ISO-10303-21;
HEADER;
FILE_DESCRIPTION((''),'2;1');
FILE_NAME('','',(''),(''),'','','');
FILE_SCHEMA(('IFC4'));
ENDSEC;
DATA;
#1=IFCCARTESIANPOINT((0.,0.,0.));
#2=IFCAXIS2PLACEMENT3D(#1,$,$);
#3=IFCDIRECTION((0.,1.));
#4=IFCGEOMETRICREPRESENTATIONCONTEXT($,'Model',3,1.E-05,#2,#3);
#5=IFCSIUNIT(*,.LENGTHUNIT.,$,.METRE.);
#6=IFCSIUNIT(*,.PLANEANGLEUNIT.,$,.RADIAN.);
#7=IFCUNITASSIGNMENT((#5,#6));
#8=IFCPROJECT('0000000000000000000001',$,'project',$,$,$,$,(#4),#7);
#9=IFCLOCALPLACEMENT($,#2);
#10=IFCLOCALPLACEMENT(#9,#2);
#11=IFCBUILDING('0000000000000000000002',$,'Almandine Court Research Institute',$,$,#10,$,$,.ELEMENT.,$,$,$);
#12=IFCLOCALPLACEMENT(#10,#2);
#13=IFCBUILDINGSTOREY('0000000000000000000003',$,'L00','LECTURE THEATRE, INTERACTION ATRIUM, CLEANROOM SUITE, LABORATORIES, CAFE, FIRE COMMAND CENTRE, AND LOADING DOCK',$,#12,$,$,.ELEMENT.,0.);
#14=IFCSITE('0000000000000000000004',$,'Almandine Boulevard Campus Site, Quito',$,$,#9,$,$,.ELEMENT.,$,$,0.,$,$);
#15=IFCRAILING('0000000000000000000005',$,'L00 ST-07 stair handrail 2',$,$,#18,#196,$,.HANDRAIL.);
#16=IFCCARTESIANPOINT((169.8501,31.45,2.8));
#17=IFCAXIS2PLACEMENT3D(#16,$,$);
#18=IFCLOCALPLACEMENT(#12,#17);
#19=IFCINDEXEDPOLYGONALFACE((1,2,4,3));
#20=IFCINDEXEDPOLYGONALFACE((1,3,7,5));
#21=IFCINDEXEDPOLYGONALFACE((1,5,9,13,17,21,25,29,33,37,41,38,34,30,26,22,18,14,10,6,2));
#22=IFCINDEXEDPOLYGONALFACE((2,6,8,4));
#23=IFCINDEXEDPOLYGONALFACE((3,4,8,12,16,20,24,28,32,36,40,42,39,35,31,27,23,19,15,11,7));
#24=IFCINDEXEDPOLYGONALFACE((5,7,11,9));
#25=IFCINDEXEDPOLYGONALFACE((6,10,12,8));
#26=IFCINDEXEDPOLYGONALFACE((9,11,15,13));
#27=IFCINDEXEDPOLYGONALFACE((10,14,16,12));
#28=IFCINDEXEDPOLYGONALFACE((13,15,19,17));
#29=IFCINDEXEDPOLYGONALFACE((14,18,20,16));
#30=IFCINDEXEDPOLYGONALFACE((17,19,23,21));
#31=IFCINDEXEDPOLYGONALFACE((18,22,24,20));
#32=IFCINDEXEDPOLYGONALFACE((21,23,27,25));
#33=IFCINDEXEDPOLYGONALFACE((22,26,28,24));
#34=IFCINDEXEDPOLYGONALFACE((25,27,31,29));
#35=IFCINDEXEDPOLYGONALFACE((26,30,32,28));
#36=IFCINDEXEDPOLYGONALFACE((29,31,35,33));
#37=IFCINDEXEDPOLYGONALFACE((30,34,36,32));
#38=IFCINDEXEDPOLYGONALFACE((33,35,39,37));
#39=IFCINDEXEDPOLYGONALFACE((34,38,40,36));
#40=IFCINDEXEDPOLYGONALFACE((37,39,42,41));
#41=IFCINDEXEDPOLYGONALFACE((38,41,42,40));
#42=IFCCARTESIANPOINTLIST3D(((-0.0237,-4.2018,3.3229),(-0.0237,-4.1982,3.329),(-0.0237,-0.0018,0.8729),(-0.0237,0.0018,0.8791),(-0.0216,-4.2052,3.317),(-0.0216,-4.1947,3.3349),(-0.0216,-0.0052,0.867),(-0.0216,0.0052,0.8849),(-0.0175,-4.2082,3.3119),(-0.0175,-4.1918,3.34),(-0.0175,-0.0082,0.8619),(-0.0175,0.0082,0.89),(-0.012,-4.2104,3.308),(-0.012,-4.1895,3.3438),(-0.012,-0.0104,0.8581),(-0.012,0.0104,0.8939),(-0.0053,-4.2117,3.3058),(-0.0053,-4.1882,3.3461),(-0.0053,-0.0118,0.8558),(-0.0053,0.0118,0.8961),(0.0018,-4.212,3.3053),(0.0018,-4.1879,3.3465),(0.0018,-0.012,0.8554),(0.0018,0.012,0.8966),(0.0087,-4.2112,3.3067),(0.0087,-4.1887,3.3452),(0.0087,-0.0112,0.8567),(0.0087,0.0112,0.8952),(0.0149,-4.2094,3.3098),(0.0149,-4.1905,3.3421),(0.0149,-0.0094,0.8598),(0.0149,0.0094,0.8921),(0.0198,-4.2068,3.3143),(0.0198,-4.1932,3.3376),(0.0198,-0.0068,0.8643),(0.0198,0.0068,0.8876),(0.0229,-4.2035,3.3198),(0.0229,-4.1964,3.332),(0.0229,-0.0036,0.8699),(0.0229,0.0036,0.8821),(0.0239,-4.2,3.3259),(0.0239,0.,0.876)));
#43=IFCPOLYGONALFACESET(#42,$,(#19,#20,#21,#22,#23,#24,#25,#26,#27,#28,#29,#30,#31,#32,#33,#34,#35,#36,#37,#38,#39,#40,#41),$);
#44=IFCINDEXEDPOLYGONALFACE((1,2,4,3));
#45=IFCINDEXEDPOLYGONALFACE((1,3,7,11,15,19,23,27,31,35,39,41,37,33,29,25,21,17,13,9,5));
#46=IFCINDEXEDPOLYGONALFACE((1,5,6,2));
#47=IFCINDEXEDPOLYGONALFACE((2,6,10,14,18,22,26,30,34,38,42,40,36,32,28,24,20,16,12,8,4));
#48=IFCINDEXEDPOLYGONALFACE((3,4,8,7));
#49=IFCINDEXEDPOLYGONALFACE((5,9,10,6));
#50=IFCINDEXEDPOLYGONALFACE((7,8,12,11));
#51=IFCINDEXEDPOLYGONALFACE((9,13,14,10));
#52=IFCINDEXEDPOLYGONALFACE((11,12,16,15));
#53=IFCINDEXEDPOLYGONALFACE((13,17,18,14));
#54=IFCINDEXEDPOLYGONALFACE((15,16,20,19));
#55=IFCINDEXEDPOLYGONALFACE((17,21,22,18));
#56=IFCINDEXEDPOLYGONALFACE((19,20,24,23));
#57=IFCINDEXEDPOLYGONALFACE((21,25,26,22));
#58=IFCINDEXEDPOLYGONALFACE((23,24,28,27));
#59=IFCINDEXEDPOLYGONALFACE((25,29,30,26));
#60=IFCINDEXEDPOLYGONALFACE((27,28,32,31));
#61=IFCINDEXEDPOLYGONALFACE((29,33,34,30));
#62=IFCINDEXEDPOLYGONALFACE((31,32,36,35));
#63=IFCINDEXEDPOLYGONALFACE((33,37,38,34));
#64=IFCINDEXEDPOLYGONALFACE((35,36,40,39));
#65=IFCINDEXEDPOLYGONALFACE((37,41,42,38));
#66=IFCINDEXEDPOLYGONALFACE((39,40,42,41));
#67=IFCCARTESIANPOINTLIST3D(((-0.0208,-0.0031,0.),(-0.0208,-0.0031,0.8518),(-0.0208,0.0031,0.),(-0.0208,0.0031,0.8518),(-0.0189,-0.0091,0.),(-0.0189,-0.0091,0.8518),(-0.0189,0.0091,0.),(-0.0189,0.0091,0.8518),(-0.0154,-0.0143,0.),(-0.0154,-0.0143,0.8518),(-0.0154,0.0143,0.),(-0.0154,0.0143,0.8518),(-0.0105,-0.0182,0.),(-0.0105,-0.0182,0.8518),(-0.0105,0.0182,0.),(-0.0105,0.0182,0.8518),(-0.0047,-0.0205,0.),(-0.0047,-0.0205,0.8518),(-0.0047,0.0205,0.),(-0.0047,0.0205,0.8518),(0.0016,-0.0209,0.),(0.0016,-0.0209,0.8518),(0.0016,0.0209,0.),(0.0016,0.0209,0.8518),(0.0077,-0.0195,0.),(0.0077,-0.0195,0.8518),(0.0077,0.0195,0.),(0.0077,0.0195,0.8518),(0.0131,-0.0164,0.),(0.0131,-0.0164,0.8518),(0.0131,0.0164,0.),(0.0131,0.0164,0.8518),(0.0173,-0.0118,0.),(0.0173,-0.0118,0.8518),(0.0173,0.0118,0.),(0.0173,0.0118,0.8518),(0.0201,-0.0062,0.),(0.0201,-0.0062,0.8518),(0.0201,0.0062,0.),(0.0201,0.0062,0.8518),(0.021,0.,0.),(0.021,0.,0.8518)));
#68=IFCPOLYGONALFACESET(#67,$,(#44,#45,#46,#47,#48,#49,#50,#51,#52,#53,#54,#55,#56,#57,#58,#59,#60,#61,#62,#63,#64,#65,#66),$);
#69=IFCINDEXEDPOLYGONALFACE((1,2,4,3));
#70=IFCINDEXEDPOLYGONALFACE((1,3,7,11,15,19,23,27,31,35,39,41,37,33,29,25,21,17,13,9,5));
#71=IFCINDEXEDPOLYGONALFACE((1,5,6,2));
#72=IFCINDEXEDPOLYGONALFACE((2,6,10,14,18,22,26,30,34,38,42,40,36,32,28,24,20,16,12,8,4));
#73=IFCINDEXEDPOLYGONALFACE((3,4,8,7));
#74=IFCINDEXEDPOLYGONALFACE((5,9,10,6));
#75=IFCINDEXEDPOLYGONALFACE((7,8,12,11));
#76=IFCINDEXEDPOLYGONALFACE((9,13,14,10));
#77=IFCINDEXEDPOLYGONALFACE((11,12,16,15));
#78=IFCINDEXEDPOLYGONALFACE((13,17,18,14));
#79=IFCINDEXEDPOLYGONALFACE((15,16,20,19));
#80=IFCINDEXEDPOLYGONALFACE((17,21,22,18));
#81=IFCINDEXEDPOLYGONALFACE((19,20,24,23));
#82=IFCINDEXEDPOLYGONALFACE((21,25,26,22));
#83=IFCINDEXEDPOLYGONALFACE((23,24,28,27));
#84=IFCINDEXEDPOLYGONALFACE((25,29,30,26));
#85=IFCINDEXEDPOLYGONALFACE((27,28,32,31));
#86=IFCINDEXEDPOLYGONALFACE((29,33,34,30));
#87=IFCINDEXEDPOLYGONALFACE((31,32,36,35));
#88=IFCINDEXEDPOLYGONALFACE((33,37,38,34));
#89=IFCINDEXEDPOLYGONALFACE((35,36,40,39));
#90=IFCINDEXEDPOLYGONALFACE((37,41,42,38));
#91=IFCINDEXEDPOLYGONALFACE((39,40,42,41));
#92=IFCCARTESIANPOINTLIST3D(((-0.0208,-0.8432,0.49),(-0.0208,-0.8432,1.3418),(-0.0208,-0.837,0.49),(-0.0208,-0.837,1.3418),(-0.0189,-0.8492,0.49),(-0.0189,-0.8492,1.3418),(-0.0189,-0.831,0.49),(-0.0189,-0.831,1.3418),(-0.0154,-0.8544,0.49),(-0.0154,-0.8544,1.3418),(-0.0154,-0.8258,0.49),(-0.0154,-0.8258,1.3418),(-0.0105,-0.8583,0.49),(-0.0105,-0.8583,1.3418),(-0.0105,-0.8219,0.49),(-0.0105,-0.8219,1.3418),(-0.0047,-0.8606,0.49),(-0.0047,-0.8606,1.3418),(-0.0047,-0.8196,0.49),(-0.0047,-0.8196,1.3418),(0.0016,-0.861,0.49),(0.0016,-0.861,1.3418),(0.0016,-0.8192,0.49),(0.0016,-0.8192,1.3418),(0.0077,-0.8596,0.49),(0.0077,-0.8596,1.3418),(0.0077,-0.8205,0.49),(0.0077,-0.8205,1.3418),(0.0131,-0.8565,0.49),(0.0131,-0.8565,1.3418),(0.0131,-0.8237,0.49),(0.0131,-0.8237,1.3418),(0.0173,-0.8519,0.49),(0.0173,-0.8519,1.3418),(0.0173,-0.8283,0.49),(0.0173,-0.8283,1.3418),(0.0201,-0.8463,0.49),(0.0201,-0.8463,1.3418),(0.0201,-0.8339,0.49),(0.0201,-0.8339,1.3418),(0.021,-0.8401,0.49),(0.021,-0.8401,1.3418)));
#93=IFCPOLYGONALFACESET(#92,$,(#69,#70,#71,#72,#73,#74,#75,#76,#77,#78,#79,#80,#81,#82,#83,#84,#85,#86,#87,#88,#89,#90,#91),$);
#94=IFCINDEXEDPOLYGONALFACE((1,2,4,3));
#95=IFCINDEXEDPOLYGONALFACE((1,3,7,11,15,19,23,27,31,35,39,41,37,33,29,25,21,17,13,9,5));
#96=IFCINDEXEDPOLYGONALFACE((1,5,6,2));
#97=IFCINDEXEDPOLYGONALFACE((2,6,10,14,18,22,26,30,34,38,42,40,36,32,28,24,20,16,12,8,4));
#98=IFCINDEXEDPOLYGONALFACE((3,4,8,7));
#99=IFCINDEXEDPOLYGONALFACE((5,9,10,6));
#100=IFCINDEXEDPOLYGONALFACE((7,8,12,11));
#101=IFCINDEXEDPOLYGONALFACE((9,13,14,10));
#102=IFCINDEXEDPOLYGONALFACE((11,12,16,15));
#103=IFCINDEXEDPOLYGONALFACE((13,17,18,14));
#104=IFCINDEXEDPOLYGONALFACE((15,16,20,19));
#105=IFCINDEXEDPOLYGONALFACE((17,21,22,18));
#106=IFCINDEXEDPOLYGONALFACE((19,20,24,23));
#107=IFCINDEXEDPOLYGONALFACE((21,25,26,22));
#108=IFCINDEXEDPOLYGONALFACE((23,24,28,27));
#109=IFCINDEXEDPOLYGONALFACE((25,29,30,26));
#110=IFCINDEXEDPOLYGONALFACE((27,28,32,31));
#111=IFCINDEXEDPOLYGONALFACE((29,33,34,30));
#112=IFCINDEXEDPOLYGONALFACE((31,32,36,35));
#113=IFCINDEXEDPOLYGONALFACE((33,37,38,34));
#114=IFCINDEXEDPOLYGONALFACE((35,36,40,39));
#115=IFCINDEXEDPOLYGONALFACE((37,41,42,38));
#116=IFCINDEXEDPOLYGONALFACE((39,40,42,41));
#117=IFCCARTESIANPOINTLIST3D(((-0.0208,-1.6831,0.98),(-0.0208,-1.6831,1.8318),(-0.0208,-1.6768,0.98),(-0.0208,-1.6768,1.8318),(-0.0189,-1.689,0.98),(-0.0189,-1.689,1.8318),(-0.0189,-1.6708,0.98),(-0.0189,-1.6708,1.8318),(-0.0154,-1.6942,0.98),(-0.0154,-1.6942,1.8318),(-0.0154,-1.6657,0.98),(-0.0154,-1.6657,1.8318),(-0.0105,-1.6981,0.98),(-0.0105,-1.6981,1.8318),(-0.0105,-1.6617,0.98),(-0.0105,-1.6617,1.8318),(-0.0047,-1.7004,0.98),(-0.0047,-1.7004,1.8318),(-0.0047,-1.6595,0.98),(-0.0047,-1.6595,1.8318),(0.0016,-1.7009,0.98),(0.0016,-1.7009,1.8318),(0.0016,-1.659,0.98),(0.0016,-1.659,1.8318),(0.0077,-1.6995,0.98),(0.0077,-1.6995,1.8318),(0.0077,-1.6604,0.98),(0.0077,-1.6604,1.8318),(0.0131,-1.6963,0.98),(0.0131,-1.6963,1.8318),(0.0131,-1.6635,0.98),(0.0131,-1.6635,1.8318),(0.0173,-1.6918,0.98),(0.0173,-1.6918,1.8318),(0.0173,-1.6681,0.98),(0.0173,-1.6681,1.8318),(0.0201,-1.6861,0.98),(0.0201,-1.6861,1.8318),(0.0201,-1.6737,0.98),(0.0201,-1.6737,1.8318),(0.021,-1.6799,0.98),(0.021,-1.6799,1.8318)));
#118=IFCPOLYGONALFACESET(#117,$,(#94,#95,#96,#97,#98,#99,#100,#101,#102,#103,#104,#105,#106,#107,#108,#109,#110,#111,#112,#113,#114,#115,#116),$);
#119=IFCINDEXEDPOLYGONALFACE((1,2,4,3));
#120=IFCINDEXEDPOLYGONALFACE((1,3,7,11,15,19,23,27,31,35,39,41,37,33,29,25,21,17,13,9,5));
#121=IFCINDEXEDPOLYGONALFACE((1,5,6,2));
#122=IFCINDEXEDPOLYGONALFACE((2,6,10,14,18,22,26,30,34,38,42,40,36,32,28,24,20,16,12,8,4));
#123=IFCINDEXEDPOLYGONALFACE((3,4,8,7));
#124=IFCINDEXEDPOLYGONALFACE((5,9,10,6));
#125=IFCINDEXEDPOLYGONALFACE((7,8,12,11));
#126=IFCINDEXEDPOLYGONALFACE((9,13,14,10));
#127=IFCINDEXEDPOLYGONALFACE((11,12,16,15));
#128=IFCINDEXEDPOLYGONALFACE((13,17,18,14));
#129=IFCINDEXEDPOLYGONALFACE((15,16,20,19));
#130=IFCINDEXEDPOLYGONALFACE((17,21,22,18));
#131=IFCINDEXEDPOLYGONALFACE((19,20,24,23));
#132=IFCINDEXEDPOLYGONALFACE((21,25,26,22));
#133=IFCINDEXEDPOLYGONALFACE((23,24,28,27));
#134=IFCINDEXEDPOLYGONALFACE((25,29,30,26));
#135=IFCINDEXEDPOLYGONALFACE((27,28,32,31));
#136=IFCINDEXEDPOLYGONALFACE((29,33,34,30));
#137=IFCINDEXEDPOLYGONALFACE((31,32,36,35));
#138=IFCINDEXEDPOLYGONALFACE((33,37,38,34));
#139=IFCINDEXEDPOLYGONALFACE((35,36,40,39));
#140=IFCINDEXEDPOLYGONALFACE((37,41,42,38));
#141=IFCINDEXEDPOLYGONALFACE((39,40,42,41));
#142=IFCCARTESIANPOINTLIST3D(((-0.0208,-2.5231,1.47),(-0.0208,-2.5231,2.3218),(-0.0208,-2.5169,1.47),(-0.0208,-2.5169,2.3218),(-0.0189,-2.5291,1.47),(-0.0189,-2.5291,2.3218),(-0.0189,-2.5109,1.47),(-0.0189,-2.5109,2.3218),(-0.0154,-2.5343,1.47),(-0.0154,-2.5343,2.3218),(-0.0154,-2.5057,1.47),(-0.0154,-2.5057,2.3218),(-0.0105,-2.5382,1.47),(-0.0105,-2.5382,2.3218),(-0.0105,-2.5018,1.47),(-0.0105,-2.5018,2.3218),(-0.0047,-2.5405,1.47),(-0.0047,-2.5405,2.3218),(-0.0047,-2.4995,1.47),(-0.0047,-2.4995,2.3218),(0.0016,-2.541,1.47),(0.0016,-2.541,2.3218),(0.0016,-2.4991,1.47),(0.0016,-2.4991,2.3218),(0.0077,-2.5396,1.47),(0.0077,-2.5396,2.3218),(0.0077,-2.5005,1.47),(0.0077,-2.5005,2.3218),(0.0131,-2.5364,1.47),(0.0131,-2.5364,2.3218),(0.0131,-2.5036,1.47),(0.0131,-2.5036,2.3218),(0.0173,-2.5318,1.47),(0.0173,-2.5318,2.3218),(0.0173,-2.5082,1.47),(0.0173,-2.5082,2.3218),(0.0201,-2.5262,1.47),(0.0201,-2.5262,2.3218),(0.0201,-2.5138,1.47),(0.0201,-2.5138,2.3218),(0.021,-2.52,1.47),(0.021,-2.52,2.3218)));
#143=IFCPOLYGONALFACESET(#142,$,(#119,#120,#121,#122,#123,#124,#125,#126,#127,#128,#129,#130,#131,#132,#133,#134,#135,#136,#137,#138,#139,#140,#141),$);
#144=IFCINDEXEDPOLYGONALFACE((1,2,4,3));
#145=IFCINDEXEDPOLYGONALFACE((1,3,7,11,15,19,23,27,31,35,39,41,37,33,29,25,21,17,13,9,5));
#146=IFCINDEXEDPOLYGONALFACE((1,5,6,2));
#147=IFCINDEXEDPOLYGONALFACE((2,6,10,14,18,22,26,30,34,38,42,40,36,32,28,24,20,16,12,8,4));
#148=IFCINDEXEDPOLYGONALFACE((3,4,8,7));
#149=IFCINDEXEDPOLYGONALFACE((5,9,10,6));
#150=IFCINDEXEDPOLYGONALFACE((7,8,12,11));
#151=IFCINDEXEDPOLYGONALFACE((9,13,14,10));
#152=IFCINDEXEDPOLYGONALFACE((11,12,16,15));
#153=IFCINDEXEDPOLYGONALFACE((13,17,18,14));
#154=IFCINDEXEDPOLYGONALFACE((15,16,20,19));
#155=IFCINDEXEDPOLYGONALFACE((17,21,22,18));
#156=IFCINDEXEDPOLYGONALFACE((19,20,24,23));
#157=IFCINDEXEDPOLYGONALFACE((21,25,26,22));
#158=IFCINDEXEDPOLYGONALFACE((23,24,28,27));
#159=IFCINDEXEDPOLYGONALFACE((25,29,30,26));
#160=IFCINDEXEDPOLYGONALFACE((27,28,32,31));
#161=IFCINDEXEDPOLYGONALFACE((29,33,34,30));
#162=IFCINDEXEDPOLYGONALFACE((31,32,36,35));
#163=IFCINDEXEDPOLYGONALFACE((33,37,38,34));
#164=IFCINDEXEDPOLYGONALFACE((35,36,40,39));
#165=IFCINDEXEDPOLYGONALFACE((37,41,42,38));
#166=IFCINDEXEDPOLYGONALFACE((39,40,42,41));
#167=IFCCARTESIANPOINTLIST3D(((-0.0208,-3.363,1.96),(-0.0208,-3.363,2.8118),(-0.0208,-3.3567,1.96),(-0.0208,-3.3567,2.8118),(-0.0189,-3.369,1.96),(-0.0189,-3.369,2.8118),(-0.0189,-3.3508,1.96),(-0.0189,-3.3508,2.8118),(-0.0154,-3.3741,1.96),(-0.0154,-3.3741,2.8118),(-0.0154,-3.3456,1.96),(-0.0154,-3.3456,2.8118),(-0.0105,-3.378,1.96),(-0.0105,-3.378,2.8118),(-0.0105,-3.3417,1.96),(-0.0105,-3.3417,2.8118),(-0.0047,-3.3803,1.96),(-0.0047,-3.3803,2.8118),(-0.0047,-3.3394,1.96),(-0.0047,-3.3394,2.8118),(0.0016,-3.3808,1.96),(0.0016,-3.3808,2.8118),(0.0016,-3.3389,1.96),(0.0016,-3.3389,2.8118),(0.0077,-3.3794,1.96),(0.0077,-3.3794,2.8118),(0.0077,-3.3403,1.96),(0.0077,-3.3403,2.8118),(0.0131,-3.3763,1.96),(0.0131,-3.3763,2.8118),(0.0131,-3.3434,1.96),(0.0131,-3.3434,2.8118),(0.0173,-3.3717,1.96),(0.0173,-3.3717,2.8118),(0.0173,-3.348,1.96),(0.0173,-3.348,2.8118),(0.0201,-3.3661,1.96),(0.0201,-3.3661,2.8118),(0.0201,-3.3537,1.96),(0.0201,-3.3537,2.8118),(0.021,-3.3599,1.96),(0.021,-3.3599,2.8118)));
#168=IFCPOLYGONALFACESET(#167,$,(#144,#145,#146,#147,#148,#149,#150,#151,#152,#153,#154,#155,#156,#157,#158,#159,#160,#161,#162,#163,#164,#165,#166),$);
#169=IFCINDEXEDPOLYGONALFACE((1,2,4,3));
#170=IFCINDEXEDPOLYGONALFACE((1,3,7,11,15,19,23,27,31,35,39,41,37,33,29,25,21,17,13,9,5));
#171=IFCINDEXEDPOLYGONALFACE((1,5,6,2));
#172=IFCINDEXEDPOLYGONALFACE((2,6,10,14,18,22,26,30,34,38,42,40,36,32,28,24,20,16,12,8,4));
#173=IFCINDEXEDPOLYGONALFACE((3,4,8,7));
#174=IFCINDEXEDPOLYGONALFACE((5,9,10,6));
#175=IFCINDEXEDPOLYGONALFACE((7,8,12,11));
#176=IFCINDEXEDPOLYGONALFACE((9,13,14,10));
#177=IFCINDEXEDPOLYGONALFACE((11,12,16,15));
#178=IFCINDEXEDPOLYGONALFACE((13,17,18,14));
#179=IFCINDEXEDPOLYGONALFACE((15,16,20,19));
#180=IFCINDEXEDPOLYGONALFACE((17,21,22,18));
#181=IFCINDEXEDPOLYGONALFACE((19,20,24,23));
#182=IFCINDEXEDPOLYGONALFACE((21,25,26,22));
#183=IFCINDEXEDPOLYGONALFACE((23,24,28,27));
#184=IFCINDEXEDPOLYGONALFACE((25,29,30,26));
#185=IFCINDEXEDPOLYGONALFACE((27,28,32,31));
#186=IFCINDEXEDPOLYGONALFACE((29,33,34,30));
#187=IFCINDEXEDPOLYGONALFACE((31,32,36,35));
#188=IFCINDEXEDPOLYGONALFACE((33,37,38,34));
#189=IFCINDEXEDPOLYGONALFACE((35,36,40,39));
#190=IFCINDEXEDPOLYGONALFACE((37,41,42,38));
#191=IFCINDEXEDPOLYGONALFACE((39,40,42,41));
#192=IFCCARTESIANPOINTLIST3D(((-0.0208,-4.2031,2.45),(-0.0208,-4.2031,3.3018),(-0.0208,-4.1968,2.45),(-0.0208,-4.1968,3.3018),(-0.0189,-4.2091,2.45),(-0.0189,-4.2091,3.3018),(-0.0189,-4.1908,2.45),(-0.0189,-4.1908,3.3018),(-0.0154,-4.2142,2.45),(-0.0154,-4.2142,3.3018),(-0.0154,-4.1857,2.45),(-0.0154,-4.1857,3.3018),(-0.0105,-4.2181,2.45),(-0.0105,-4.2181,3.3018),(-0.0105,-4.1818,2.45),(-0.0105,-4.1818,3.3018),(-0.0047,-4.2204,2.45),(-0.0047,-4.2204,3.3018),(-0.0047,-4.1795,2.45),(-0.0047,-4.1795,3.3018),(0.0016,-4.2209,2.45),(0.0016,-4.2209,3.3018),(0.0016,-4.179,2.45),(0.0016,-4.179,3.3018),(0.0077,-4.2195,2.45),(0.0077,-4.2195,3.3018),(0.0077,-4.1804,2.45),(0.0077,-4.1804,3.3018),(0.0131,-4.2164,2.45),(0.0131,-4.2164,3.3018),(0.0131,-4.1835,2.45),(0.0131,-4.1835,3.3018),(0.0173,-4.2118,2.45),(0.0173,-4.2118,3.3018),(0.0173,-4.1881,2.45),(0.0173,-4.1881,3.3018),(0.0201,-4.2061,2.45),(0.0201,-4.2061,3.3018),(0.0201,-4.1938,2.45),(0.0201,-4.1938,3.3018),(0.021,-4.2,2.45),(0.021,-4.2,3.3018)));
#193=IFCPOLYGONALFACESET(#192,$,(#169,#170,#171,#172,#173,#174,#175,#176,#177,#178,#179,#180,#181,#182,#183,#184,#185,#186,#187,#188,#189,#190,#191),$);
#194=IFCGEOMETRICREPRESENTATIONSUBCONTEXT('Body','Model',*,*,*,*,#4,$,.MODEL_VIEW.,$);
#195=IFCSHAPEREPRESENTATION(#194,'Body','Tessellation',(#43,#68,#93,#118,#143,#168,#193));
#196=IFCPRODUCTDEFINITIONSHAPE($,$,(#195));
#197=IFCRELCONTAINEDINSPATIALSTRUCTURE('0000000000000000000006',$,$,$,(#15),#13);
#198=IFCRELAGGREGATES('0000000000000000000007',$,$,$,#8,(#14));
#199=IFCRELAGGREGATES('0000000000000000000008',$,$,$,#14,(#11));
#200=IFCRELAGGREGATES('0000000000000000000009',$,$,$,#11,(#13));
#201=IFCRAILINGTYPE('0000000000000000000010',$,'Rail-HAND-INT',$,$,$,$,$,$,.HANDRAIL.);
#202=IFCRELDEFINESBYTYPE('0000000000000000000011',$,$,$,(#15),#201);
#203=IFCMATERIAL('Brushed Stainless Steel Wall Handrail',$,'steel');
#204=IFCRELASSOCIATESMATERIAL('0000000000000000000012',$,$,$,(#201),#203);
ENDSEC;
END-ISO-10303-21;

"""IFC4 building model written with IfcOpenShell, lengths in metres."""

from ifc_helpers import new_model, si_unit, direction, frame, origin, origin_2d, place, context, subcontext, project, spatial, circle, extrude, material, type_object, element, save


model = new_model("IFC4")

# Units and contexts
model_context = context("Model", 3, precision=1e-05, world=origin(), true_north=direction((0.0, 1.0)))
body_context = subcontext(model_context, "Body", "Model", "MODEL_VIEW")
ifc_project = project(units=[si_unit("LENGTHUNIT", "METRE"), si_unit("PLANEANGLEUNIT", "RADIAN")], contexts=[model_context])

# Site, building, storey
site_placement = place(None, origin())
site = spatial("IfcSite", under=ifc_project, at=site_placement, Name="Almandine Boulevard Campus Site, Quito", CompositionType="ELEMENT", RefElevation=0.0)
building_placement = place(site_placement, origin())
building = spatial("IfcBuilding", under=site, at=building_placement, Name="Almandine Court Research Institute", CompositionType="ELEMENT")
storey_placement = place(building_placement, origin())
storey = spatial("IfcBuildingStorey", under=building, at=storey_placement, Name="L00", Description="LECTURE THEATRE, INTERACTION ATRIUM, CLEANROOM SUITE, LABORATORIES, CAFE, FIRE COMMAND CENTRE, AND LOADING DOCK", CompositionType="ELEMENT", Elevation=0.0)

# Railing
ifc_material_1 = material(Name="Brushed Stainless Steel Wall Handrail", Category="steel")
railing_type_1 = type_object("IfcRailingType", Name="Rail-HAND-INT", PredefinedType="HANDRAIL", material=ifc_material_1)
railing_1_placement = place(storey_placement, frame((169.8501, 31.45, 2.8)))
element("IfcRailing", 1, at=railing_1_placement, inside=storey, type_object=railing_type_1, Name="L00 ST-07 stair handrail 2", PredefinedType="HANDRAIL", context=body_context, shape_type="SweptSolid", body=[
    extrude(circle(Radius=0.0239, at=origin_2d()), frame((0.0, 0.0, 0.876), z_axis=(0.0, -0.863781, 0.503868), x_axis=(1.0, 0.0, 0.0)), (0.0, 0.0, 1.0), 4.8623),
    extrude(circle(Radius=0.021, at=origin_2d()), origin(), (0.0, 0.0, 1.0), 0.8518),
    extrude(circle(Radius=0.021, at=origin_2d()), frame((0.0, -0.8401, 0.49)), (0.0, 0.0, 1.0), 0.8518),
    extrude(circle(Radius=0.021, at=origin_2d()), frame((0.0, -1.6799, 0.98)), (0.0, 0.0, 1.0), 0.8518),
    extrude(circle(Radius=0.021, at=origin_2d()), frame((0.0, -2.52, 1.47)), (0.0, 0.0, 1.0), 0.8518),
    extrude(circle(Radius=0.021, at=origin_2d()), frame((0.0, -3.3599, 1.96)), (0.0, 0.0, 1.0), 0.8518),
    extrude(circle(Radius=0.021, at=origin_2d()), frame((0.0, -4.2, 2.45)), (0.0, 0.0, 1.0), 0.8518),
])

save(model, "model.ifc")
